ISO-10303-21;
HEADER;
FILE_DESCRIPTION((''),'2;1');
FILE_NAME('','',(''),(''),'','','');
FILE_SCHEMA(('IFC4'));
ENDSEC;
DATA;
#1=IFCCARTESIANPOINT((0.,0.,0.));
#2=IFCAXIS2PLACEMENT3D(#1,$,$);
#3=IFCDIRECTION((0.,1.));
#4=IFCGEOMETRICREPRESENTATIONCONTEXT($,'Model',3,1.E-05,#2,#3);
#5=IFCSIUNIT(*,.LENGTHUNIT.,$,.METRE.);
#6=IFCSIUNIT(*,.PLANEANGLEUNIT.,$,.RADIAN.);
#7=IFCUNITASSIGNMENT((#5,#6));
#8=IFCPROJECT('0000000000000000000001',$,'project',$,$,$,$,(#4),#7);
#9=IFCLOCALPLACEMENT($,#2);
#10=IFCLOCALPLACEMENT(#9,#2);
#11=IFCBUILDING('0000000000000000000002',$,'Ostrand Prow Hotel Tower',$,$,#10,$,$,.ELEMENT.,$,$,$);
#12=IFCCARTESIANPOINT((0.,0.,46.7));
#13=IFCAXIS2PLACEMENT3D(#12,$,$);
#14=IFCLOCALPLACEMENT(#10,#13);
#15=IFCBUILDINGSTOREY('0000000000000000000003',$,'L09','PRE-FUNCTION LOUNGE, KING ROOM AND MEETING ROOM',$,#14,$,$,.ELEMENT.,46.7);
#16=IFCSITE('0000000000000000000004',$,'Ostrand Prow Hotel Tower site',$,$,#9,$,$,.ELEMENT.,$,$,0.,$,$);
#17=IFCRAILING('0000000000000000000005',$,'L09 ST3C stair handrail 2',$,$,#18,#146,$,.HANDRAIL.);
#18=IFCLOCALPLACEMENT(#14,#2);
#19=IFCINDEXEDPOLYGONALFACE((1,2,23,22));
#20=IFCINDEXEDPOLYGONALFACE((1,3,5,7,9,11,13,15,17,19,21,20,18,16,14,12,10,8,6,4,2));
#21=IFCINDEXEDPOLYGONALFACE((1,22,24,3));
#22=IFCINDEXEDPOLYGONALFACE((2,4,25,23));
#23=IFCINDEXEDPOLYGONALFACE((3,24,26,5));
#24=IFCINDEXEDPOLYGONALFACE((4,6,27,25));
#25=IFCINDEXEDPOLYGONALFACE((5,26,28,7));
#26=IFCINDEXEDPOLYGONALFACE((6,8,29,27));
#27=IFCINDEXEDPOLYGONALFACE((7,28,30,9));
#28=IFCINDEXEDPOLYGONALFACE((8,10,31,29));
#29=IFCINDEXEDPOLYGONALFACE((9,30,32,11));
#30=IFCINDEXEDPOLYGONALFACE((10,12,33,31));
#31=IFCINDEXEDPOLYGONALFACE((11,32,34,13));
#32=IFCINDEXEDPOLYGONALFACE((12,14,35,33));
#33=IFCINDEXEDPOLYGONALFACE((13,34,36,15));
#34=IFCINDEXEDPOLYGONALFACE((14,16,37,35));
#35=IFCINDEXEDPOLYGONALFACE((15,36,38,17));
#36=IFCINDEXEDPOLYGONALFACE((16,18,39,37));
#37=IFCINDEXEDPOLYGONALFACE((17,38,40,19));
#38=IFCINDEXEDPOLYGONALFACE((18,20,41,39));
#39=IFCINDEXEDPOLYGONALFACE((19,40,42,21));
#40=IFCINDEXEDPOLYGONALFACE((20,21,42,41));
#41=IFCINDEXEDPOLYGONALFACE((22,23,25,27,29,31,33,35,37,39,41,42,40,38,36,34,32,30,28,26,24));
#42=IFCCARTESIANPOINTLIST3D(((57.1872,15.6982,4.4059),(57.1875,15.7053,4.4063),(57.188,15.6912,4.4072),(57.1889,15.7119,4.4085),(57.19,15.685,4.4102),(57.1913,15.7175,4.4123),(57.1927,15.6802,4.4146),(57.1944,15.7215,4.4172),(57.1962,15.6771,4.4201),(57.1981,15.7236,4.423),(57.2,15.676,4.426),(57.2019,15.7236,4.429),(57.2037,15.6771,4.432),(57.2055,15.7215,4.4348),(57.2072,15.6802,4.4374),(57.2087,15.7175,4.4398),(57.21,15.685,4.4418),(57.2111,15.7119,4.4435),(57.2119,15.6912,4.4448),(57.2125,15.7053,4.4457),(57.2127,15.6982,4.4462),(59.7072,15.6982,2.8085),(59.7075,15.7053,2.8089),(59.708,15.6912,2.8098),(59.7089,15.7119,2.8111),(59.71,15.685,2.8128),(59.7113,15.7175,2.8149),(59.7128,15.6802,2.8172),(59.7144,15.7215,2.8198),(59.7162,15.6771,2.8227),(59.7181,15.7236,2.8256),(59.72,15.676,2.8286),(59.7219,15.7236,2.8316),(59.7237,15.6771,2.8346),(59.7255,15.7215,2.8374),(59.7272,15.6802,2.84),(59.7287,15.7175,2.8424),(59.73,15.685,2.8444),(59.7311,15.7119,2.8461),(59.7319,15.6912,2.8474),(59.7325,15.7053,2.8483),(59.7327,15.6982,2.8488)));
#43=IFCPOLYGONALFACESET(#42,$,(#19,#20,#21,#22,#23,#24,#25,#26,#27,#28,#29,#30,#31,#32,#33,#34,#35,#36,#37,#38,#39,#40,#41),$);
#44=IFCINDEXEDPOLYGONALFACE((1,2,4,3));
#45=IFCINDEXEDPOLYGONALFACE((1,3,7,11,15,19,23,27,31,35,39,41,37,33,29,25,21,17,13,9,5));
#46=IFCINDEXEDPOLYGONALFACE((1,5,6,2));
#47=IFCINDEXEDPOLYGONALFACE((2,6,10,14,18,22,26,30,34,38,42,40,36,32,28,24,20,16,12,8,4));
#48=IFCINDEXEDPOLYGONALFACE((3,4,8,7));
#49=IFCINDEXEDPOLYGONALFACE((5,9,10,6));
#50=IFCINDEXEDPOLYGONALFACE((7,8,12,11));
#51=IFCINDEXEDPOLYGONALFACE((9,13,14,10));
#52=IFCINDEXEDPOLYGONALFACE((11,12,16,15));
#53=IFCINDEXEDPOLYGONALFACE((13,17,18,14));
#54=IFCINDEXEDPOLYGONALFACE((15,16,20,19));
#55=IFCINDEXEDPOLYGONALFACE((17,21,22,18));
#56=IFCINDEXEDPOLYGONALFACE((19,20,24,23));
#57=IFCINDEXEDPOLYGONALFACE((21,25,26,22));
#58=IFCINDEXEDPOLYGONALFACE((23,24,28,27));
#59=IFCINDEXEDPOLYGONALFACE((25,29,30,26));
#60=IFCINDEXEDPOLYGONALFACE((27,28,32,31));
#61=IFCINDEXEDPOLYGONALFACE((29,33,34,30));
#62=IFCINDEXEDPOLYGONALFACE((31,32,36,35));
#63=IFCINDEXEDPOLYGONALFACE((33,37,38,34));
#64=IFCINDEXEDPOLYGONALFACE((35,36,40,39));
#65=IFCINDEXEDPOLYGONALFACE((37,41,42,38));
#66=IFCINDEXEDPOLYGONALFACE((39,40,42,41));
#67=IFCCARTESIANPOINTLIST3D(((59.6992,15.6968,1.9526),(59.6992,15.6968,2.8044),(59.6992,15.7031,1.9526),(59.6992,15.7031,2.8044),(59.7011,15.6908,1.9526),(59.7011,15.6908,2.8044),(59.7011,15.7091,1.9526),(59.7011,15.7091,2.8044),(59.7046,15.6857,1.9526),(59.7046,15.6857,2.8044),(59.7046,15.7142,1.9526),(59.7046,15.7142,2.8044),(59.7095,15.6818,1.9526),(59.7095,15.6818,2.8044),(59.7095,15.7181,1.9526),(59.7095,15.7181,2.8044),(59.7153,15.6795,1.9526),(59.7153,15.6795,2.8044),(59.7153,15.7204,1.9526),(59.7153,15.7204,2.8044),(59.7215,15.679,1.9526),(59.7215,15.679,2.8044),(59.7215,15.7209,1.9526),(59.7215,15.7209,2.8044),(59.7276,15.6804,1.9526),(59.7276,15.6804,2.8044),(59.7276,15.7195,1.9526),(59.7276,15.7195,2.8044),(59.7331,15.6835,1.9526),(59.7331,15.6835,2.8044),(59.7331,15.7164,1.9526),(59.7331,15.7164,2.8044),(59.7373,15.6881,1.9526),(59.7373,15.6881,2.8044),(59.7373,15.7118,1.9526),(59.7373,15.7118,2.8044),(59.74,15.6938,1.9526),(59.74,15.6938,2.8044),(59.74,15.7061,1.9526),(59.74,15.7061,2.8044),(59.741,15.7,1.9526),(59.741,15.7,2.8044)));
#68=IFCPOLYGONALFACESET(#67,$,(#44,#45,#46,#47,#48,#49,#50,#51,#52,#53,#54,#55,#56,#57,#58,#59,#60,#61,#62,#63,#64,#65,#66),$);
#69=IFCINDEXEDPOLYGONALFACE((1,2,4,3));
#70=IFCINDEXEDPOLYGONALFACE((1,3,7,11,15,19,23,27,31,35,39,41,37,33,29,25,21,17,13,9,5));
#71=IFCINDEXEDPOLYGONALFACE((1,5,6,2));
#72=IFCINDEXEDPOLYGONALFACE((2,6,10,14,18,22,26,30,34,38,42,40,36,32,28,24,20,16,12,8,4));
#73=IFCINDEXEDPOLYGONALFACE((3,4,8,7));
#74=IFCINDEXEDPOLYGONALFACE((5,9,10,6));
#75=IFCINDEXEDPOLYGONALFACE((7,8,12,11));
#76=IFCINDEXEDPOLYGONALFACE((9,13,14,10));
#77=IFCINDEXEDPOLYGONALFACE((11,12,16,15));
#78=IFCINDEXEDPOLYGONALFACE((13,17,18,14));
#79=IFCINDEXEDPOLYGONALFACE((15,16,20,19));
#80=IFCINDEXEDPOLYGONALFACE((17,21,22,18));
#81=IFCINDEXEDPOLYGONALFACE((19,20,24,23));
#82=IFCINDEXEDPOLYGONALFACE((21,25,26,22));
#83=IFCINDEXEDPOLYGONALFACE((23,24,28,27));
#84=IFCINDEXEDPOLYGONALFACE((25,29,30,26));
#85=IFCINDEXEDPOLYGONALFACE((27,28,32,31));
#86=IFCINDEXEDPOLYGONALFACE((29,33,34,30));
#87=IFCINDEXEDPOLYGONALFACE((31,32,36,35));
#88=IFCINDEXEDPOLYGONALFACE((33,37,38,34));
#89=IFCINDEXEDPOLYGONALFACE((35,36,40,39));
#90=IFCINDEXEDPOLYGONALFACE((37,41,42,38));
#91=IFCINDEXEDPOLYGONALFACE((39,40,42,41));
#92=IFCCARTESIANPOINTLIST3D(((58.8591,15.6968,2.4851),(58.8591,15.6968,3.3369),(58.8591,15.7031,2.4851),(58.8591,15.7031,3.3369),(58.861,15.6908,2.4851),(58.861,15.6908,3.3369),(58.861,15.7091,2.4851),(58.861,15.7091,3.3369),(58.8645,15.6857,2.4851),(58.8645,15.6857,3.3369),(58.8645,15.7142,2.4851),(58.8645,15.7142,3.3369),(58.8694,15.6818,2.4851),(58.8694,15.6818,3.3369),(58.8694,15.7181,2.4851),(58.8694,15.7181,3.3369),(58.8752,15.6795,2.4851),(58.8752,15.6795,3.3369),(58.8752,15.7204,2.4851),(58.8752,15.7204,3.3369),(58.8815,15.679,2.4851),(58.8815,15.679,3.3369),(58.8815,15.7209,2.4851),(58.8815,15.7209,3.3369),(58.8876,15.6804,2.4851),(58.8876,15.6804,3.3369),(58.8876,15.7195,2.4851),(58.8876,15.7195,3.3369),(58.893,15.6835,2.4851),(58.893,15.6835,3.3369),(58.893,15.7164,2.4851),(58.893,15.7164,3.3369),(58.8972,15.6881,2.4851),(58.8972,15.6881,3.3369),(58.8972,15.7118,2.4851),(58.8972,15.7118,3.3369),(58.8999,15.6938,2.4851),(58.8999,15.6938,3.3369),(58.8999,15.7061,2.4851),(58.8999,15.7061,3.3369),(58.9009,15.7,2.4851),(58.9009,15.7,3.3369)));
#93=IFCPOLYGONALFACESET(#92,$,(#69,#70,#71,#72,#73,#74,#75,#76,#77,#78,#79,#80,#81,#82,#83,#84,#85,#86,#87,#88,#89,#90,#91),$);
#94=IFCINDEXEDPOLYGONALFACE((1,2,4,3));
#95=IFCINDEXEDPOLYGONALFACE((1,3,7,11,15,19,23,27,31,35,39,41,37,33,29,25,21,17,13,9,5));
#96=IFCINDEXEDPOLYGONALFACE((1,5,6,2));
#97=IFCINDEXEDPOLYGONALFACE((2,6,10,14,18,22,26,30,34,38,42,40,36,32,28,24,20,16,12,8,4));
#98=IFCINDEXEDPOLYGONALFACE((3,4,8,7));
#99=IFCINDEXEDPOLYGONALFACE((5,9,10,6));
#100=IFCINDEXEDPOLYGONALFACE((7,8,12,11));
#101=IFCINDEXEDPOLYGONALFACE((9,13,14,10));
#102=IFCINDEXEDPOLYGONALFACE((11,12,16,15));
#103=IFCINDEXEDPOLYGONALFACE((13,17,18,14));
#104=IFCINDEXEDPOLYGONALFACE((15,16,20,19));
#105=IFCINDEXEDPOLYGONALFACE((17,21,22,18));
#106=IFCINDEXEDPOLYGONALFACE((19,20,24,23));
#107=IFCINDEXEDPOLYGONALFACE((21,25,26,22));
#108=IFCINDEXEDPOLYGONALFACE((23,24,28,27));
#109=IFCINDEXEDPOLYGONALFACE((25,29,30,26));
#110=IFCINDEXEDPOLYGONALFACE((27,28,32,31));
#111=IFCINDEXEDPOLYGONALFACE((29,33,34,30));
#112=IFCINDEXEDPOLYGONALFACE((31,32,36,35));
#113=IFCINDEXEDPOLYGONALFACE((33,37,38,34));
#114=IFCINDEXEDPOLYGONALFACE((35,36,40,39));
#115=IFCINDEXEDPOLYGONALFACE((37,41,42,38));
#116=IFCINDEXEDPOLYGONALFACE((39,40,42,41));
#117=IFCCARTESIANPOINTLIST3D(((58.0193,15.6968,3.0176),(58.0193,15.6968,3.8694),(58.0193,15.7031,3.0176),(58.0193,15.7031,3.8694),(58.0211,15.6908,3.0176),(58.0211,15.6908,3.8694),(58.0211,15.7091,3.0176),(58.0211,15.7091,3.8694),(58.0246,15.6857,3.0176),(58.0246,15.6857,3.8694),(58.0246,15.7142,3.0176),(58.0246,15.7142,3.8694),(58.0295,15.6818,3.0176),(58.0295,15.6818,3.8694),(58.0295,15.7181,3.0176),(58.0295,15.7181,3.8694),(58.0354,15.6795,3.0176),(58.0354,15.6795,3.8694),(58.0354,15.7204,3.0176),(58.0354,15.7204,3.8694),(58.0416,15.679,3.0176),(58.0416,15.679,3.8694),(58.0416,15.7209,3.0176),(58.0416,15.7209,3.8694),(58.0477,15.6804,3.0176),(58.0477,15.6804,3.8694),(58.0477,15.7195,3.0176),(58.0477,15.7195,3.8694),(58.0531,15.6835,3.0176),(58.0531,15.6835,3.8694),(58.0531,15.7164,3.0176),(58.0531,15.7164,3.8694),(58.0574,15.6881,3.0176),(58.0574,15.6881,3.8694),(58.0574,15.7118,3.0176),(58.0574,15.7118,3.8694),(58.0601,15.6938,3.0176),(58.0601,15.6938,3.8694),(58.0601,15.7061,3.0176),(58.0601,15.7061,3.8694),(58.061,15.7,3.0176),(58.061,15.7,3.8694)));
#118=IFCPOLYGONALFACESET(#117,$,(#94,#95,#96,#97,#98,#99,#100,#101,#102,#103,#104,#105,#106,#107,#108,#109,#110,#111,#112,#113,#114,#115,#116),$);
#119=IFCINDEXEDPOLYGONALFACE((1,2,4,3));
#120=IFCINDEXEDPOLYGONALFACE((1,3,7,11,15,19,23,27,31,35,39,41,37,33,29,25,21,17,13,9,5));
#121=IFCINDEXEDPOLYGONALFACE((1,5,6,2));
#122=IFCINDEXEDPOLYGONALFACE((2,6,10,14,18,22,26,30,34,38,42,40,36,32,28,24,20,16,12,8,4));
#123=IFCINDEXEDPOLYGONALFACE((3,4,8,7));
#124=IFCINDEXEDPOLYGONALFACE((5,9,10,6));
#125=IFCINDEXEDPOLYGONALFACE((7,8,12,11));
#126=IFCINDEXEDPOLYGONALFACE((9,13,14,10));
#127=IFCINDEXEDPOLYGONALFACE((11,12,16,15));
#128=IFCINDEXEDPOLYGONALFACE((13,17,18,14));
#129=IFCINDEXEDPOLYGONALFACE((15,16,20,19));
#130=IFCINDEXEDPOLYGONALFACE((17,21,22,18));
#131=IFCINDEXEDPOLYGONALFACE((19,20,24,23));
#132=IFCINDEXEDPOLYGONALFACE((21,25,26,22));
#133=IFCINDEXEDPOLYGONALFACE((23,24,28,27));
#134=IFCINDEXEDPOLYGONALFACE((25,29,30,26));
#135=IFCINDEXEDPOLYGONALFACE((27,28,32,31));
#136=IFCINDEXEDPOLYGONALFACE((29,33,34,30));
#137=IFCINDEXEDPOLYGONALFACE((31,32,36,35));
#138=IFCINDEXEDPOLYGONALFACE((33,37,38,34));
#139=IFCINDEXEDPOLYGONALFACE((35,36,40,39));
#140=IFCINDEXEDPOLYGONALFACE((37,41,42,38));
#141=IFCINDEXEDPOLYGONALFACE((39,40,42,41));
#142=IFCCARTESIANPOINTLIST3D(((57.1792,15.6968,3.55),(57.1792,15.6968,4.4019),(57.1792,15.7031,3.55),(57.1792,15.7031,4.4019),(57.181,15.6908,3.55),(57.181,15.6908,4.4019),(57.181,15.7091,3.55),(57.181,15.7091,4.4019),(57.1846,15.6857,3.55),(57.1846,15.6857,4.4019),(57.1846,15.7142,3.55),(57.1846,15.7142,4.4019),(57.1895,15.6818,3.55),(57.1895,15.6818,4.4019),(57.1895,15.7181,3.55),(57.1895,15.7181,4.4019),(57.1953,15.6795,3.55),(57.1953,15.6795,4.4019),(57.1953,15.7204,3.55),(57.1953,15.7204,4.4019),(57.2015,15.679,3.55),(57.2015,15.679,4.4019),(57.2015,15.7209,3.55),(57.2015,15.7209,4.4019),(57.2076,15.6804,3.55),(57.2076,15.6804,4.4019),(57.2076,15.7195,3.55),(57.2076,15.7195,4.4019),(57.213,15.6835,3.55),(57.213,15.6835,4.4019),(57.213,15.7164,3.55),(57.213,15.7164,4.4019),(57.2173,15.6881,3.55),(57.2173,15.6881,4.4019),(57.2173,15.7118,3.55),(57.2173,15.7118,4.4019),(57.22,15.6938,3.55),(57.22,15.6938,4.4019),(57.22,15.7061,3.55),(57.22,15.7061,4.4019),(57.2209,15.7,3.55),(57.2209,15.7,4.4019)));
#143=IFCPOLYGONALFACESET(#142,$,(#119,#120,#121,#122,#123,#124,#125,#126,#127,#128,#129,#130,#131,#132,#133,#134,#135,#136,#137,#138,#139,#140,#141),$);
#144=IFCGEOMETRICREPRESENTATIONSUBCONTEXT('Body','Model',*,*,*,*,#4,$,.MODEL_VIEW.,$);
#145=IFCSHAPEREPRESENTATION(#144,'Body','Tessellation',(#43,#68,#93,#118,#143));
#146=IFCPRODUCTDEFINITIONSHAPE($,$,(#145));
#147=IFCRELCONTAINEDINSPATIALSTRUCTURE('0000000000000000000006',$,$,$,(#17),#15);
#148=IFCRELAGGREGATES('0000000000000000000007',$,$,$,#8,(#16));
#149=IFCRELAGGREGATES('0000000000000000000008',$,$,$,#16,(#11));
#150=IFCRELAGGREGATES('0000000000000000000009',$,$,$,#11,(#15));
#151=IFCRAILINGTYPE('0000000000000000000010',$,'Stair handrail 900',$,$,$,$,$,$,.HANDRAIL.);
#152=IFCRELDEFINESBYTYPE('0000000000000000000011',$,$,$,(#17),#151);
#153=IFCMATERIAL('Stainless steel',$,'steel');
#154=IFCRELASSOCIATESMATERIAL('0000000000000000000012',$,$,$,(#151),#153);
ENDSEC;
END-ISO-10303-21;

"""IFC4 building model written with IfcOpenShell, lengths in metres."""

from ifc_helpers import new_model, si_unit, direction, frame, origin, origin_2d, place, context, subcontext, project, spatial, circle, extrude, material, type_object, element, save


model = new_model("IFC4")

# Units and contexts
model_context = context("Model", 3, precision=1e-05, world=origin(), true_north=direction((0.0, 1.0)))
body_context = subcontext(model_context, "Body", "Model", "MODEL_VIEW")
ifc_project = project(units=[si_unit("LENGTHUNIT", "METRE"), si_unit("PLANEANGLEUNIT", "RADIAN")], contexts=[model_context])

# Site, building, storey
site_placement = place(None, origin())
site = spatial("IfcSite", under=ifc_project, at=site_placement, Name="Ostrand Prow Hotel Tower site", CompositionType="ELEMENT", RefElevation=0.0)
building_placement = place(site_placement, origin())
building = spatial("IfcBuilding", under=site, at=building_placement, Name="Ostrand Prow Hotel Tower", CompositionType="ELEMENT")
storey_placement = place(building_placement, frame((0.0, 0.0, 46.7)))
storey = spatial("IfcBuildingStorey", under=building, at=storey_placement, Name="L09", Description="PRE-FUNCTION LOUNGE, KING ROOM AND MEETING ROOM", CompositionType="ELEMENT", Elevation=46.7)

# Railing
ifc_material_1 = material(Name="Stainless steel", Category="steel")
railing_type_1 = type_object("IfcRailingType", Name="Stair handrail 900", PredefinedType="HANDRAIL", material=ifc_material_1)
railing_1_placement = place(storey_placement, frame((59.72, 15.7, 1.9526)))
element("IfcRailing", 1, at=railing_1_placement, inside=storey, type_object=railing_type_1, Name="L09 ST3C stair handrail 2", PredefinedType="HANDRAIL", context=body_context, shape_type="SweptSolid", body=[
    extrude(circle(Radius=0.0239, at=origin_2d()), frame((0.0, 0.0, 0.876), z_axis=(-0.844607, 0.0, 0.535387), x_axis=(0.0, -1.0, 0.0)), (0.0, 0.0, 1.0), 2.9836),
    extrude(circle(Radius=0.021, at=origin_2d()), origin(), (0.0, 0.0, 1.0), 0.8518),
    extrude(circle(Radius=0.021, at=origin_2d()), frame((-0.8401, 0.0, 0.5325)), (0.0, 0.0, 1.0), 0.8518),
    extrude(circle(Radius=0.021, at=origin_2d()), frame((-1.6799, 0.0, 1.0649)), (0.0, 0.0, 1.0), 0.8518),
    extrude(circle(Radius=0.021, at=origin_2d()), frame((-2.52, 0.0, 1.5974)), (0.0, 0.0, 1.0), 0.8518),
])

save(model, "model.ifc")
